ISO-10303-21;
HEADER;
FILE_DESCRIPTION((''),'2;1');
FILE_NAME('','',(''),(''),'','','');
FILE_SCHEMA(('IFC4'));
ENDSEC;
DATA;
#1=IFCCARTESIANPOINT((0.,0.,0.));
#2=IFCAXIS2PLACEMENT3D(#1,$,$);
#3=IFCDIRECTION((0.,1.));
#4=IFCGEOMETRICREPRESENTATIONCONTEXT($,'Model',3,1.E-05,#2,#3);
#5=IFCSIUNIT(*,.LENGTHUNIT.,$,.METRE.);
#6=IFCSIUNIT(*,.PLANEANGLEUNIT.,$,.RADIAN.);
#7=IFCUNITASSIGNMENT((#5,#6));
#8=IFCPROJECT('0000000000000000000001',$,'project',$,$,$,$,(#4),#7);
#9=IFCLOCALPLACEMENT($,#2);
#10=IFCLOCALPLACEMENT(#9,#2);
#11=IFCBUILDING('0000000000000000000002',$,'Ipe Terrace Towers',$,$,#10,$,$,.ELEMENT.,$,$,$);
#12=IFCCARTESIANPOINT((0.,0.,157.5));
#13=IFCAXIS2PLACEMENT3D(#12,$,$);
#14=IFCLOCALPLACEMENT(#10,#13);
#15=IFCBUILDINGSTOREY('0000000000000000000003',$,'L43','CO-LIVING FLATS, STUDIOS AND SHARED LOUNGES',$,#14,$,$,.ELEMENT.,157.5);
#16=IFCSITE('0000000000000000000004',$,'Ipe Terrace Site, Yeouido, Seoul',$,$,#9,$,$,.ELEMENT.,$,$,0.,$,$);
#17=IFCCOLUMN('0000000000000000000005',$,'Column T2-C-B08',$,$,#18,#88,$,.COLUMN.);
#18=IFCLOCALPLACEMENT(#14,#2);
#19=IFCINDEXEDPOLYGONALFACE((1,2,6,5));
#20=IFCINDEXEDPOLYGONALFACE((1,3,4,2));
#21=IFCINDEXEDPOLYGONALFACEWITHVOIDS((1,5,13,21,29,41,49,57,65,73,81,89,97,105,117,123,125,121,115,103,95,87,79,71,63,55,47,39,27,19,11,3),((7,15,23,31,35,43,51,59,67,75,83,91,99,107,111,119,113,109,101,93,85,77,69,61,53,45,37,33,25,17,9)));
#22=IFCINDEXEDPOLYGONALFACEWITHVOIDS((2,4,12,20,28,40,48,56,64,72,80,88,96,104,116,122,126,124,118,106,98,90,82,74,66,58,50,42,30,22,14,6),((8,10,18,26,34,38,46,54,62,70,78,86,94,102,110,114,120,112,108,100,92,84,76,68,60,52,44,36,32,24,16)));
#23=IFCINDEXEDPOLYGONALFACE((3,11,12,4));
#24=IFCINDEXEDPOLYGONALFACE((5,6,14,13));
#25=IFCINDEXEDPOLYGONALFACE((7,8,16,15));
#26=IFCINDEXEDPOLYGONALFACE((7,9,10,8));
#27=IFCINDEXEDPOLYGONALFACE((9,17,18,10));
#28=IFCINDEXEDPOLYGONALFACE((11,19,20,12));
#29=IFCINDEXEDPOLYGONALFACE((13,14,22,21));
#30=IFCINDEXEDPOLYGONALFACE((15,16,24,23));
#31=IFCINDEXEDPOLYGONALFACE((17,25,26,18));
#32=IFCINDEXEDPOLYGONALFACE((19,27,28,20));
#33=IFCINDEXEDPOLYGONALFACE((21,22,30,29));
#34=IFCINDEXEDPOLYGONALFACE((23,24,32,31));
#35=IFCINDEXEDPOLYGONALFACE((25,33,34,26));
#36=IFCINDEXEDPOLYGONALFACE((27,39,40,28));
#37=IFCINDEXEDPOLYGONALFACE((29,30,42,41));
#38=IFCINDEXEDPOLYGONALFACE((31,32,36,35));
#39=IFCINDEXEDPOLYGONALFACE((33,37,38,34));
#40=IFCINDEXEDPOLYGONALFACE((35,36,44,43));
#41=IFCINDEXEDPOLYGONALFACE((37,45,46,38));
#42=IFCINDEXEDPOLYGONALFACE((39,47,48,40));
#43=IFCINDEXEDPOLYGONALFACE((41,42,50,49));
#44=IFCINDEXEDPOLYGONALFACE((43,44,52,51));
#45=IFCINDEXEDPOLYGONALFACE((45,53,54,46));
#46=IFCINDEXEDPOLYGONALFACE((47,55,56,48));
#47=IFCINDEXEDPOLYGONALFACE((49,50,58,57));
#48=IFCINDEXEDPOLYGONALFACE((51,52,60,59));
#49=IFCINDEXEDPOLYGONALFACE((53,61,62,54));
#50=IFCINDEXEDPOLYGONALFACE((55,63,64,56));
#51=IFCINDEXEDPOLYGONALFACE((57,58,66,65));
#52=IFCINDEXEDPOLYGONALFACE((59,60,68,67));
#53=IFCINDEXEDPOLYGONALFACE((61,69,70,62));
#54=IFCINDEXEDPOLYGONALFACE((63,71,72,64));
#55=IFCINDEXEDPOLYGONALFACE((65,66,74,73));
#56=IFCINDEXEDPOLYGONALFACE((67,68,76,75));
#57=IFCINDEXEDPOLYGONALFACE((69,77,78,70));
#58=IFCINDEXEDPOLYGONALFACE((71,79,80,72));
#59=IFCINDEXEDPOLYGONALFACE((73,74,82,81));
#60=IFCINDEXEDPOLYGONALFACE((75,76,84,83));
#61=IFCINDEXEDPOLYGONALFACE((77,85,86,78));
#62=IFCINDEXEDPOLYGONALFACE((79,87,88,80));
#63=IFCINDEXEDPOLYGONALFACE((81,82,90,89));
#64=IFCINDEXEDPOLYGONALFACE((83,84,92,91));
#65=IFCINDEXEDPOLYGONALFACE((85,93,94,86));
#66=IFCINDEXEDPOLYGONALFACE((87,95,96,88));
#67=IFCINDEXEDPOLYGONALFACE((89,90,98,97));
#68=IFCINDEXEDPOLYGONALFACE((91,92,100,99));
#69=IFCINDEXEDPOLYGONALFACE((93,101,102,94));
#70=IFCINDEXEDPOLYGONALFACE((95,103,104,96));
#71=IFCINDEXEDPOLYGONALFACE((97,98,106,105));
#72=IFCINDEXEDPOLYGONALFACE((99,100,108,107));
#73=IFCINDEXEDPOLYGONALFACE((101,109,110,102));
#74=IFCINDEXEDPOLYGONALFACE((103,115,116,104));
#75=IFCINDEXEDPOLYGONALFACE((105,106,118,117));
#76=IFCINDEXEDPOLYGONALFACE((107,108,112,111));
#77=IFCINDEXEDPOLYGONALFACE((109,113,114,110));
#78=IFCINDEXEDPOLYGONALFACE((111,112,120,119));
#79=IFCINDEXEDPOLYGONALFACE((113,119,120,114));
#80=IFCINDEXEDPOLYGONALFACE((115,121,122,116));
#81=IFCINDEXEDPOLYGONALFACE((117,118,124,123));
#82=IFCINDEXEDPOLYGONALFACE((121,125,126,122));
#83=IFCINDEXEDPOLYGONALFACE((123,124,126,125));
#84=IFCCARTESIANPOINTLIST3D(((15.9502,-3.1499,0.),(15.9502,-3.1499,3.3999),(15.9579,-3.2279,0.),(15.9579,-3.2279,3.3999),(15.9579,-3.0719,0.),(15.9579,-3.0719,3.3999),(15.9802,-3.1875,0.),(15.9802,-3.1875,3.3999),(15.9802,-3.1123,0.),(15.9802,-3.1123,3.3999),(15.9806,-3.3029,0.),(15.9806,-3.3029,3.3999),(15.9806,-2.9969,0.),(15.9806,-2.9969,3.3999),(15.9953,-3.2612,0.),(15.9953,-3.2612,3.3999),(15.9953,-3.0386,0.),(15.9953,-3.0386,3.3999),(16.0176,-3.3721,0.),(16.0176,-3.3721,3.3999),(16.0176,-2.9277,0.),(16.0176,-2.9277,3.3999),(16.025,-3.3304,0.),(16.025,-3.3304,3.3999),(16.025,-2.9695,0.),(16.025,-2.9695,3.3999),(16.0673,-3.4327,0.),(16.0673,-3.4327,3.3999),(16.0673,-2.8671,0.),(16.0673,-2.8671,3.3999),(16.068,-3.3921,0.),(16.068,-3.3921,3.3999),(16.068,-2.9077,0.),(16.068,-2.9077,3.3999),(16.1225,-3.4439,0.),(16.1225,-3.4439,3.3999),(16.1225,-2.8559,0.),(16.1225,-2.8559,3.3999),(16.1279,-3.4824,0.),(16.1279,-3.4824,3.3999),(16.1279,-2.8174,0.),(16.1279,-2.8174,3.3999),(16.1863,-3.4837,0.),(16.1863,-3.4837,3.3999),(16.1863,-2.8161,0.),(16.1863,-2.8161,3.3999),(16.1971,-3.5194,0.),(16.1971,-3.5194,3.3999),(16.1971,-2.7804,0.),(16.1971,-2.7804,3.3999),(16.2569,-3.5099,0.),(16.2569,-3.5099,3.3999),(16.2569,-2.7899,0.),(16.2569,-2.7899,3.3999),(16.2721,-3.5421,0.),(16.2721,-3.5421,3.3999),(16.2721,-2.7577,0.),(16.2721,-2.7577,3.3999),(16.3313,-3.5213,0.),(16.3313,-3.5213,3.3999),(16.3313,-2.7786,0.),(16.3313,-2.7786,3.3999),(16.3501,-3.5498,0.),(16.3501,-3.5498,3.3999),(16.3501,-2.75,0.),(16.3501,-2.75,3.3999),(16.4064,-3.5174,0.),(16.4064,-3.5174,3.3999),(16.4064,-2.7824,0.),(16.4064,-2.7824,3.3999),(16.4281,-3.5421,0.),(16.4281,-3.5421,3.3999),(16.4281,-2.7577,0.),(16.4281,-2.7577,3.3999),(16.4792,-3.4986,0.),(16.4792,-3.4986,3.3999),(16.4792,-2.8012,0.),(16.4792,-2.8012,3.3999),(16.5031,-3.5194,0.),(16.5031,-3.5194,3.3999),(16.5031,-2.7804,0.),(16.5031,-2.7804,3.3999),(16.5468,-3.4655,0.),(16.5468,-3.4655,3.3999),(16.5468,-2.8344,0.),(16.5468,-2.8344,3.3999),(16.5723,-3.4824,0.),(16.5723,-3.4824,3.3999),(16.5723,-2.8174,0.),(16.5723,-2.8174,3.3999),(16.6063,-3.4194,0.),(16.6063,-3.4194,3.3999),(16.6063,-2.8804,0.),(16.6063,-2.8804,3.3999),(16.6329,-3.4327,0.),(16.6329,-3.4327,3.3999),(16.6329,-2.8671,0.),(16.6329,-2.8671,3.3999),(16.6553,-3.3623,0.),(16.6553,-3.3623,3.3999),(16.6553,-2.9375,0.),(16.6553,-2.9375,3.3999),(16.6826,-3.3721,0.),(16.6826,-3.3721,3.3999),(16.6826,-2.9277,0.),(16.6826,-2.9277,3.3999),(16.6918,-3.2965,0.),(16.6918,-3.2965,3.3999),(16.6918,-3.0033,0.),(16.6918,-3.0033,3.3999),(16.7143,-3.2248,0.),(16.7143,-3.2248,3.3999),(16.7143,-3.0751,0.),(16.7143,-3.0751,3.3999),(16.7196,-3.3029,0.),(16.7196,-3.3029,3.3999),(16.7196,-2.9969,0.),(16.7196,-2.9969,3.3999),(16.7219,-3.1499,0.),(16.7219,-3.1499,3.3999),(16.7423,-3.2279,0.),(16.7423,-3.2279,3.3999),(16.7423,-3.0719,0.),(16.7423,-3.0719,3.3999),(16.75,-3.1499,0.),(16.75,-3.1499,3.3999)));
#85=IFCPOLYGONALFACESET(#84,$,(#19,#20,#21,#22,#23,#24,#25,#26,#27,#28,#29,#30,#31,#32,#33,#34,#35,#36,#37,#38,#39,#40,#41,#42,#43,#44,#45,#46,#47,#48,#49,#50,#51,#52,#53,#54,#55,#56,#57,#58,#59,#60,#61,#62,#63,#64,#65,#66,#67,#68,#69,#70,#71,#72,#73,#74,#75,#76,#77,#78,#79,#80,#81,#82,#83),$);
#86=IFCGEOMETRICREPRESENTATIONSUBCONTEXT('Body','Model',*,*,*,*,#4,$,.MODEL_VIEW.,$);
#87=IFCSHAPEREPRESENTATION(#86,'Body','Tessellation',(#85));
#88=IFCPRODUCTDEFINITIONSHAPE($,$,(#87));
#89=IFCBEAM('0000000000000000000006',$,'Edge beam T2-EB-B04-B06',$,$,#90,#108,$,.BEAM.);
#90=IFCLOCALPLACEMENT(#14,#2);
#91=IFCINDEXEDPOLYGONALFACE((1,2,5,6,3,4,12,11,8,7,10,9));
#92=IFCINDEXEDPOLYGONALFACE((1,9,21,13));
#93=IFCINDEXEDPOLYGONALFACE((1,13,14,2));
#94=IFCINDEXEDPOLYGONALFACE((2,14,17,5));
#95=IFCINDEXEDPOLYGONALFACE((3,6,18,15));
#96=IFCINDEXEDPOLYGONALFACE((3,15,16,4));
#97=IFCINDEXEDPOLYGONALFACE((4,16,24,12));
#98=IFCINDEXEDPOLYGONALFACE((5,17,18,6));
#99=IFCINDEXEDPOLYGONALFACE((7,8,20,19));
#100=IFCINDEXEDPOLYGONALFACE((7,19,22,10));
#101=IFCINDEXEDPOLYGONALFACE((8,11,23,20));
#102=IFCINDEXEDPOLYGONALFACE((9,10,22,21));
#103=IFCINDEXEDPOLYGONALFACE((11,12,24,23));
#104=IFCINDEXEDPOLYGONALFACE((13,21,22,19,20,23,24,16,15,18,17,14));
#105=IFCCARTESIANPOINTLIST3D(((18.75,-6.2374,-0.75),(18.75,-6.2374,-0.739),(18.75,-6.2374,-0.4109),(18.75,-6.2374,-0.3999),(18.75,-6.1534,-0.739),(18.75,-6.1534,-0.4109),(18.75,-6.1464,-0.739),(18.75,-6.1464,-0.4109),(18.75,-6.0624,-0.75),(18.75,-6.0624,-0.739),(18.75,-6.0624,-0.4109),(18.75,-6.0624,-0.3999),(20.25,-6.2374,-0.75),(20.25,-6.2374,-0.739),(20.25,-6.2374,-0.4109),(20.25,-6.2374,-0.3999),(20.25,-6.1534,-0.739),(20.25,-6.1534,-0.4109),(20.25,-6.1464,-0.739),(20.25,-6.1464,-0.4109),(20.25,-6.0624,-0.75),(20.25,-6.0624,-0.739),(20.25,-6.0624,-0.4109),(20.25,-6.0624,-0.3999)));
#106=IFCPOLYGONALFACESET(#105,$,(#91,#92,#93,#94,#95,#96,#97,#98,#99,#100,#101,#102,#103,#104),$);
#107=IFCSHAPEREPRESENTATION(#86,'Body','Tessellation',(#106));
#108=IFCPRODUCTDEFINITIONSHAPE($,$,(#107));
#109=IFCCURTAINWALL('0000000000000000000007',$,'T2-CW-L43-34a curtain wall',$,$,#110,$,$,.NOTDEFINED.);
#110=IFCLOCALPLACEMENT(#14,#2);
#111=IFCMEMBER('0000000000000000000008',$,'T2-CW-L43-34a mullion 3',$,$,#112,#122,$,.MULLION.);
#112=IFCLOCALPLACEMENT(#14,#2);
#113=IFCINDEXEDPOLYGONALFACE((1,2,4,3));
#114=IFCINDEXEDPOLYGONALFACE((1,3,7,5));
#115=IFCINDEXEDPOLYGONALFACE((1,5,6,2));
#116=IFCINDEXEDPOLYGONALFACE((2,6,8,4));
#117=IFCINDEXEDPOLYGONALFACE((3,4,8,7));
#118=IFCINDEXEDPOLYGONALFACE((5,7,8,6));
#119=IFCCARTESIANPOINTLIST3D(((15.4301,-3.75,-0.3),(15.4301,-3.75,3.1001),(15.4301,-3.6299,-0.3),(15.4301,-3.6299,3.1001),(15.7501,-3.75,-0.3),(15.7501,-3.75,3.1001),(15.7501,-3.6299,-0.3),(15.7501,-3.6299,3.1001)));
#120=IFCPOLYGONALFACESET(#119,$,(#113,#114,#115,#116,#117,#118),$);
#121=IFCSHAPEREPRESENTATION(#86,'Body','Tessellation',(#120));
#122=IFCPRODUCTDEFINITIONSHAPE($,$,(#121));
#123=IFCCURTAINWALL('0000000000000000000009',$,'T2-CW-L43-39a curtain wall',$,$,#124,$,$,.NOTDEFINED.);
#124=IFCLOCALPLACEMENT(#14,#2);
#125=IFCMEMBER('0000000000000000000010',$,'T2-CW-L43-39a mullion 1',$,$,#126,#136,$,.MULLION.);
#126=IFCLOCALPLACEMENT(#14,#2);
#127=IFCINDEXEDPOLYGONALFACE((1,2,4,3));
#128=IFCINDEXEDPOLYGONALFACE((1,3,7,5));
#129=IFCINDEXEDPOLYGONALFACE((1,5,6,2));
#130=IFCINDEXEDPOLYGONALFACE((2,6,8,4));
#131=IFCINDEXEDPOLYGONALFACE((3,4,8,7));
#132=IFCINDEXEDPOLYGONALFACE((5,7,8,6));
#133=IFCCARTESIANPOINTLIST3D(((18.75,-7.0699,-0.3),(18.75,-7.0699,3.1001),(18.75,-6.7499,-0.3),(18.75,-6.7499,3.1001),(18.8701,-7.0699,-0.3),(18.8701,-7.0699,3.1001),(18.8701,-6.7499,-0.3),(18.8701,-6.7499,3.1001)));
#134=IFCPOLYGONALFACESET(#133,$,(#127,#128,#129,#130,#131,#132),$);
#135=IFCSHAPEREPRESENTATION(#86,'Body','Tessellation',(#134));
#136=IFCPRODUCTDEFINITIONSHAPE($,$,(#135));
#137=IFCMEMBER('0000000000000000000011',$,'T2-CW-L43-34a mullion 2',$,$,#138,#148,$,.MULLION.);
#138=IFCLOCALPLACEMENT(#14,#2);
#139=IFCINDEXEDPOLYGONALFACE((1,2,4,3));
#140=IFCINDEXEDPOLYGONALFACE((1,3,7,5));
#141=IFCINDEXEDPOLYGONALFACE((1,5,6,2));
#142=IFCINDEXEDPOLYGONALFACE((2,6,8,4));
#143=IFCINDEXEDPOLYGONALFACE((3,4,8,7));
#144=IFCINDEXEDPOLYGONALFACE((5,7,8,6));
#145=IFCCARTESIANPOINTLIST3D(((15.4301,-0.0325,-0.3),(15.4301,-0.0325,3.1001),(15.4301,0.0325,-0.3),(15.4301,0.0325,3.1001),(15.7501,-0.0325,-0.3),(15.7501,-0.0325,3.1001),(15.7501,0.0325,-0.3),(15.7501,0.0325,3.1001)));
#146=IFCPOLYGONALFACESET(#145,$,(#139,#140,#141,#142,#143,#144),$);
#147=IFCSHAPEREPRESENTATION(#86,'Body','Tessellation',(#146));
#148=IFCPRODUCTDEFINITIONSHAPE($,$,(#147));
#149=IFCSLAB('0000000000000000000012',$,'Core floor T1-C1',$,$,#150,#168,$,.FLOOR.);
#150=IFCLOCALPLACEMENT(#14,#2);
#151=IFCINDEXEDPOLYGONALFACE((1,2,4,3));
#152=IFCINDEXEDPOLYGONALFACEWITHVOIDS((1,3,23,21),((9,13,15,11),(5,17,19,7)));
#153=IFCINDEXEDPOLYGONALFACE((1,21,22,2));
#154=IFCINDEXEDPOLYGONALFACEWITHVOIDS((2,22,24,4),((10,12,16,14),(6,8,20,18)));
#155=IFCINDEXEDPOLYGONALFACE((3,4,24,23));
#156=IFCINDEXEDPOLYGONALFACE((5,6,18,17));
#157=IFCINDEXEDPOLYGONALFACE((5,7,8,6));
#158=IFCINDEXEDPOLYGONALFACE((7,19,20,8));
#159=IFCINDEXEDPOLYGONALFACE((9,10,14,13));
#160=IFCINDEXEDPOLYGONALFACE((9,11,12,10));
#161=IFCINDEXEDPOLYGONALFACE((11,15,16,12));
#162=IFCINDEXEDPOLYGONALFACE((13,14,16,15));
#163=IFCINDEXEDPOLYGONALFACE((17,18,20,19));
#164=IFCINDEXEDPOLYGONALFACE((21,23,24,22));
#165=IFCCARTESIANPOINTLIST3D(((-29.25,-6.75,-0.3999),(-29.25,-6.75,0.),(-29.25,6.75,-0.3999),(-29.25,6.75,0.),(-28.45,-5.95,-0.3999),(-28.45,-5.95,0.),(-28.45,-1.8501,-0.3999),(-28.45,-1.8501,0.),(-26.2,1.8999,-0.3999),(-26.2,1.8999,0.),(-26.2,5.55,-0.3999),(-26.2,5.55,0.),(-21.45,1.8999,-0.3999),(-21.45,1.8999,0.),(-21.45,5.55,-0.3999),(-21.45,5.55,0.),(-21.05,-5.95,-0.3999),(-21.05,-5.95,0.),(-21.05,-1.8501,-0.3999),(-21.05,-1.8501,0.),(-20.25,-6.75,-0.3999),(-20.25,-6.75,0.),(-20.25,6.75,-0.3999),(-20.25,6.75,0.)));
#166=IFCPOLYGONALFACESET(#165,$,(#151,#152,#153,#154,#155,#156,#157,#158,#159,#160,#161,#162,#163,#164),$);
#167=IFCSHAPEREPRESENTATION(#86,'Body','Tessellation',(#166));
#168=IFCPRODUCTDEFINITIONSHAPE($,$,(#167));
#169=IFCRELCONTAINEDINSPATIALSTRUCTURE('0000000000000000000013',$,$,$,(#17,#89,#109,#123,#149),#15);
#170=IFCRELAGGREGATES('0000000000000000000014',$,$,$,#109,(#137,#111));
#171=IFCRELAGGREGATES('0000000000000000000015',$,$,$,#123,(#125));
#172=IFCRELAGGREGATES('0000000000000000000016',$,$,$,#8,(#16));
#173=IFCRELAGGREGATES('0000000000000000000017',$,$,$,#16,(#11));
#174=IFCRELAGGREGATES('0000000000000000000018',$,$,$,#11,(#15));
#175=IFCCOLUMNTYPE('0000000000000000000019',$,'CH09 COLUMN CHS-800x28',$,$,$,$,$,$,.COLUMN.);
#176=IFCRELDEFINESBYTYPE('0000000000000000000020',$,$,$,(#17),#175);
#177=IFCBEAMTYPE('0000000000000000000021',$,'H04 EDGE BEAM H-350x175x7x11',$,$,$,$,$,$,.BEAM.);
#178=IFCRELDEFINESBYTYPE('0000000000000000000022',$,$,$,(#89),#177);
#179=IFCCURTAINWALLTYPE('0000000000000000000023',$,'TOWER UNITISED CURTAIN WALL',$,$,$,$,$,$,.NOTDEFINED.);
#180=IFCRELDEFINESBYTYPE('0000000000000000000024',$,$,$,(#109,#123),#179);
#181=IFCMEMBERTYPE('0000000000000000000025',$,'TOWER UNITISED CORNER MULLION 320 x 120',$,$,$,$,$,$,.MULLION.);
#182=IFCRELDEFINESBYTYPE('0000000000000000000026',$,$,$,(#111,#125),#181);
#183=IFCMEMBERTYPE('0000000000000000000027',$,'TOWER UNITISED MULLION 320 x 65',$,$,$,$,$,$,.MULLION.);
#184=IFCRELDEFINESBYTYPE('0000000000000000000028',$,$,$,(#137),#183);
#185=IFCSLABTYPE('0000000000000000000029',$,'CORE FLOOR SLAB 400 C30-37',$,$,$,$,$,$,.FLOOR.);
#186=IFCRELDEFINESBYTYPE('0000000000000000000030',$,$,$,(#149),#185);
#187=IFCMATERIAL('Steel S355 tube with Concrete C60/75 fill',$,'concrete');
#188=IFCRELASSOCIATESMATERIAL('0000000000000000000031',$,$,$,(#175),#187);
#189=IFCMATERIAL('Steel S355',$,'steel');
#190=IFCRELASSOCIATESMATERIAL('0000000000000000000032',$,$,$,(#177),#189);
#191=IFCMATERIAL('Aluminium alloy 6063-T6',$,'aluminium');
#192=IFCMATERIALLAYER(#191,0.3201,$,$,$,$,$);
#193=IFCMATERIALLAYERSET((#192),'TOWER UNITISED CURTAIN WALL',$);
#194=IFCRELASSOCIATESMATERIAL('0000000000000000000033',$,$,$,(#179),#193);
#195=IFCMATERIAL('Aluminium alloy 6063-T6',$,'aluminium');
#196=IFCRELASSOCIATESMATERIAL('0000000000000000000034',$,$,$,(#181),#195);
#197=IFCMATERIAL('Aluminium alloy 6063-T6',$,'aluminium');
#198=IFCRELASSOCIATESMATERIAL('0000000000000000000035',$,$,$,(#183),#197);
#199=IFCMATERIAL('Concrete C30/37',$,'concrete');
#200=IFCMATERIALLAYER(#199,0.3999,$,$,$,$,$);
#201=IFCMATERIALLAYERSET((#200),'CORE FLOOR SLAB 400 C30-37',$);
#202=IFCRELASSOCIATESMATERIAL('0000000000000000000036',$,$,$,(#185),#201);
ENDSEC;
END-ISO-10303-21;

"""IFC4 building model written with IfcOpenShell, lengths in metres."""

from ifc_helpers import new_model, si_unit, direction, frame, origin, origin_2d, place, context, subcontext, project, spatial, polyline, rectangle, hollow_circle, i_section, outline, extrude, material, layer, layer_set, material_profile, profile_set, type_object, element, aggregate, save


model = new_model("IFC4")

# Units and contexts
model_context = context("Model", 3, precision=1e-05, world=origin(), true_north=direction((0.0, 1.0)))
body_context = subcontext(model_context, "Body", "Model", "MODEL_VIEW")
ifc_project = project(units=[si_unit("LENGTHUNIT", "METRE"), si_unit("PLANEANGLEUNIT", "RADIAN")], contexts=[model_context])

# Site, building, storey
site_placement = place(None, origin())
site = spatial("IfcSite", under=ifc_project, at=site_placement, Name="Ipe Terrace Site, Yeouido, Seoul", CompositionType="ELEMENT", RefElevation=0.0)
building_placement = place(site_placement, origin())
building = spatial("IfcBuilding", under=site, at=building_placement, Name="Ipe Terrace Towers", CompositionType="ELEMENT")
storey_placement = place(building_placement, frame((0.0, 0.0, 157.5)))
storey = spatial("IfcBuildingStorey", under=building, at=storey_placement, Name="L43", Description="CO-LIVING FLATS, STUDIOS AND SHARED LOUNGES", CompositionType="ELEMENT", Elevation=157.5)

# Column
ifc_material_1 = material(Name="Steel S355 tube with Concrete C60/75 fill", Category="concrete")
ifc_material_profile_1 = material_profile(ifc_material_1, hollow_circle(Radius=0.3999, WallThickness=0.0281, at=origin_2d()), Name="CHS-800x28")
ifc_profile_set_1 = profile_set([ifc_material_profile_1], Name="Steel S355 tube with Concrete C60/75 fill")
column_type = type_object("IfcColumnType", Name="CH09 COLUMN CHS-800x28", PredefinedType="COLUMN", material=ifc_profile_set_1)
for number, where, z_axis, x_axis, name in (
    (1, (16.3501, -3.1499, 0.0), (0.0, 0.0, 1.0), (1.0, 0.0, 0.0), "Column T2-C-B08"),
):
    element("IfcColumn", number, at=place(storey_placement, frame(where, z_axis=z_axis, x_axis=x_axis)), inside=storey, type_object=column_type, Name=name, PredefinedType="COLUMN", context=body_context, shape_type="SweptSolid", body=[
        extrude(hollow_circle(Radius=0.3999, WallThickness=0.0281, at=origin_2d()), origin(), (0.0, 0.0, 1.0), 3.3999),
    ])

# Beam
ifc_material_2 = material(Name="Steel S355", Category="steel")
ifc_material_profile_2 = material_profile(ifc_material_2, i_section(OverallWidth=0.175, OverallDepth=0.3501, WebThickness=0.0071, FlangeThickness=0.011, at=origin_2d()), Name="H-350x175x7x11")
ifc_profile_set_2 = profile_set([ifc_material_profile_2], Name="Steel S355")
beam_type = type_object("IfcBeamType", Name="H04 EDGE BEAM H-350x175x7x11", PredefinedType="BEAM", material=ifc_profile_set_2)
beam_placement = place(storey_placement, frame((20.25, -6.1499, -0.575), z_axis=(-1.0, 0.0, 0.0), x_axis=(0.0, -1.0, 0.0)))
element("IfcBeam", 2, at=beam_placement, inside=storey, type_object=beam_type, Name="Edge beam T2-EB-B04-B06", PredefinedType="BEAM", context=body_context, shape_type="SweptSolid", body=[
    extrude(i_section(OverallWidth=0.175, OverallDepth=0.3501, WebThickness=0.0071, FlangeThickness=0.011, at=origin_2d()), origin(), (0.0, 0.0, 1.0), 1.5),
])

# Curtain walls, members
ifc_material_3 = material(Name="Aluminium alloy 6063-T6", Category="aluminium")
ifc_layer_1 = layer(ifc_material_3, 0.3201)
ifc_layer_set_1 = layer_set([ifc_layer_1], Name="TOWER UNITISED CURTAIN WALL")
curtain_wall_type = type_object("IfcCurtainWallType", Name="TOWER UNITISED CURTAIN WALL", PredefinedType="NOTDEFINED", material=ifc_layer_set_1)
curtain_wall_1_placement = place(storey_placement, origin())
curtain_wall_1 = element("IfcCurtainWall", 3, at=curtain_wall_1_placement, inside=storey, type_object=curtain_wall_type, Name="T2-CW-L43-34a curtain wall", PredefinedType="NOTDEFINED")
ifc_material_4 = material(Name="Aluminium alloy 6063-T6", Category="aluminium")
ifc_material_profile_3 = material_profile(ifc_material_4, rectangle(XDim=0.3201, YDim=0.1201, at=origin_2d()), Name="TOWER UNITISED CORNER MULLION 320 x 120")
ifc_profile_set_3 = profile_set([ifc_material_profile_3], Name="Aluminium alloy 6063-T6")
member_type_1 = type_object("IfcMemberType", Name="TOWER UNITISED CORNER MULLION 320 x 120", PredefinedType="MULLION", material=ifc_profile_set_3)
member_1_placement = place(storey_placement, frame((15.5901, -3.6899, -0.3), z_axis=(0.0, 0.0, 1.0), x_axis=(-1.0, 0.0, 0.0)))
member_1 = element("IfcMember", 4, at=member_1_placement, type_object=member_type_1, Name="T2-CW-L43-34a mullion 3", PredefinedType="MULLION", context=body_context, shape_type="SweptSolid", body=[
    extrude(rectangle(XDim=0.3201, YDim=0.1201, at=origin_2d()), origin(), (0.0, 0.0, 1.0), 3.4001),
])
curtain_wall_2_placement = place(storey_placement, origin())
curtain_wall_2 = element("IfcCurtainWall", 5, at=curtain_wall_2_placement, inside=storey, type_object=curtain_wall_type, Name="T2-CW-L43-39a curtain wall", PredefinedType="NOTDEFINED")
member_2_placement = place(storey_placement, frame((18.8101, -6.9099, -0.3), z_axis=(0.0, 0.0, 1.0), x_axis=(0.0, -1.0, 0.0)))
member_2 = element("IfcMember", 6, at=member_2_placement, type_object=member_type_1, Name="T2-CW-L43-39a mullion 1", PredefinedType="MULLION", context=body_context, shape_type="SweptSolid", body=[
    extrude(rectangle(XDim=0.3201, YDim=0.1201, at=origin_2d()), origin(), (0.0, 0.0, 1.0), 3.4001),
])

# Member
ifc_material_5 = material(Name="Aluminium alloy 6063-T6", Category="aluminium")
ifc_material_profile_4 = material_profile(ifc_material_5, rectangle(XDim=0.3201, YDim=0.0649, at=origin_2d()), Name="TOWER UNITISED MULLION 320 x 65")
ifc_profile_set_4 = profile_set([ifc_material_profile_4], Name="Aluminium alloy 6063-T6")
member_type_2 = type_object("IfcMemberType", Name="TOWER UNITISED MULLION 320 x 65", PredefinedType="MULLION", material=ifc_profile_set_4)
member_3_placement = place(storey_placement, frame((15.5901, 0.0, -0.3), z_axis=(0.0, 0.0, 1.0), x_axis=(-1.0, 0.0, 0.0)))
member_3 = element("IfcMember", 7, at=member_3_placement, type_object=member_type_2, Name="T2-CW-L43-34a mullion 2", PredefinedType="MULLION", context=body_context, shape_type="SweptSolid", body=[
    extrude(rectangle(XDim=0.3201, YDim=0.0649, at=origin_2d()), origin(), (0.0, 0.0, 1.0), 3.4001),
])

# Slab
ifc_material_6 = material(Name="Concrete C30/37", Category="concrete")
ifc_layer_2 = layer(ifc_material_6, 0.3999)
ifc_layer_set_2 = layer_set([ifc_layer_2], Name="CORE FLOOR SLAB 400 C30-37")
slab_type_1 = type_object("IfcSlabType", Name="CORE FLOOR SLAB 400 C30-37", PredefinedType="FLOOR", material=ifc_layer_set_2)
slab_1_placement = place(storey_placement, frame((0.0, 0.0, -0.3999)))
element("IfcSlab", 8, at=slab_1_placement, inside=storey, type_object=slab_type_1, Name="Core floor T1-C1", PredefinedType="FLOOR", context=body_context, shape_type="SweptSolid", body=[
    extrude(outline(polyline([(-29.25, -6.75), (-29.25, 6.75), (-20.25, 6.75), (-20.25, -6.75), (-29.25, -6.75)]), holes=[polyline([(-28.45, -5.95), (-21.05, -5.95), (-21.05, -1.8501), (-28.45, -1.8501), (-28.45, -5.95)]), polyline([(-26.2, 5.55), (-26.2, 1.8999), (-21.45, 1.8999), (-21.45, 5.55), (-26.2, 5.55)])]), origin(), (0.0, 0.0, 1.0), 0.3999),
])

aggregate(curtain_wall_1, [member_3, member_1])
aggregate(curtain_wall_2, [member_2])

save(model, "model.ifc")
